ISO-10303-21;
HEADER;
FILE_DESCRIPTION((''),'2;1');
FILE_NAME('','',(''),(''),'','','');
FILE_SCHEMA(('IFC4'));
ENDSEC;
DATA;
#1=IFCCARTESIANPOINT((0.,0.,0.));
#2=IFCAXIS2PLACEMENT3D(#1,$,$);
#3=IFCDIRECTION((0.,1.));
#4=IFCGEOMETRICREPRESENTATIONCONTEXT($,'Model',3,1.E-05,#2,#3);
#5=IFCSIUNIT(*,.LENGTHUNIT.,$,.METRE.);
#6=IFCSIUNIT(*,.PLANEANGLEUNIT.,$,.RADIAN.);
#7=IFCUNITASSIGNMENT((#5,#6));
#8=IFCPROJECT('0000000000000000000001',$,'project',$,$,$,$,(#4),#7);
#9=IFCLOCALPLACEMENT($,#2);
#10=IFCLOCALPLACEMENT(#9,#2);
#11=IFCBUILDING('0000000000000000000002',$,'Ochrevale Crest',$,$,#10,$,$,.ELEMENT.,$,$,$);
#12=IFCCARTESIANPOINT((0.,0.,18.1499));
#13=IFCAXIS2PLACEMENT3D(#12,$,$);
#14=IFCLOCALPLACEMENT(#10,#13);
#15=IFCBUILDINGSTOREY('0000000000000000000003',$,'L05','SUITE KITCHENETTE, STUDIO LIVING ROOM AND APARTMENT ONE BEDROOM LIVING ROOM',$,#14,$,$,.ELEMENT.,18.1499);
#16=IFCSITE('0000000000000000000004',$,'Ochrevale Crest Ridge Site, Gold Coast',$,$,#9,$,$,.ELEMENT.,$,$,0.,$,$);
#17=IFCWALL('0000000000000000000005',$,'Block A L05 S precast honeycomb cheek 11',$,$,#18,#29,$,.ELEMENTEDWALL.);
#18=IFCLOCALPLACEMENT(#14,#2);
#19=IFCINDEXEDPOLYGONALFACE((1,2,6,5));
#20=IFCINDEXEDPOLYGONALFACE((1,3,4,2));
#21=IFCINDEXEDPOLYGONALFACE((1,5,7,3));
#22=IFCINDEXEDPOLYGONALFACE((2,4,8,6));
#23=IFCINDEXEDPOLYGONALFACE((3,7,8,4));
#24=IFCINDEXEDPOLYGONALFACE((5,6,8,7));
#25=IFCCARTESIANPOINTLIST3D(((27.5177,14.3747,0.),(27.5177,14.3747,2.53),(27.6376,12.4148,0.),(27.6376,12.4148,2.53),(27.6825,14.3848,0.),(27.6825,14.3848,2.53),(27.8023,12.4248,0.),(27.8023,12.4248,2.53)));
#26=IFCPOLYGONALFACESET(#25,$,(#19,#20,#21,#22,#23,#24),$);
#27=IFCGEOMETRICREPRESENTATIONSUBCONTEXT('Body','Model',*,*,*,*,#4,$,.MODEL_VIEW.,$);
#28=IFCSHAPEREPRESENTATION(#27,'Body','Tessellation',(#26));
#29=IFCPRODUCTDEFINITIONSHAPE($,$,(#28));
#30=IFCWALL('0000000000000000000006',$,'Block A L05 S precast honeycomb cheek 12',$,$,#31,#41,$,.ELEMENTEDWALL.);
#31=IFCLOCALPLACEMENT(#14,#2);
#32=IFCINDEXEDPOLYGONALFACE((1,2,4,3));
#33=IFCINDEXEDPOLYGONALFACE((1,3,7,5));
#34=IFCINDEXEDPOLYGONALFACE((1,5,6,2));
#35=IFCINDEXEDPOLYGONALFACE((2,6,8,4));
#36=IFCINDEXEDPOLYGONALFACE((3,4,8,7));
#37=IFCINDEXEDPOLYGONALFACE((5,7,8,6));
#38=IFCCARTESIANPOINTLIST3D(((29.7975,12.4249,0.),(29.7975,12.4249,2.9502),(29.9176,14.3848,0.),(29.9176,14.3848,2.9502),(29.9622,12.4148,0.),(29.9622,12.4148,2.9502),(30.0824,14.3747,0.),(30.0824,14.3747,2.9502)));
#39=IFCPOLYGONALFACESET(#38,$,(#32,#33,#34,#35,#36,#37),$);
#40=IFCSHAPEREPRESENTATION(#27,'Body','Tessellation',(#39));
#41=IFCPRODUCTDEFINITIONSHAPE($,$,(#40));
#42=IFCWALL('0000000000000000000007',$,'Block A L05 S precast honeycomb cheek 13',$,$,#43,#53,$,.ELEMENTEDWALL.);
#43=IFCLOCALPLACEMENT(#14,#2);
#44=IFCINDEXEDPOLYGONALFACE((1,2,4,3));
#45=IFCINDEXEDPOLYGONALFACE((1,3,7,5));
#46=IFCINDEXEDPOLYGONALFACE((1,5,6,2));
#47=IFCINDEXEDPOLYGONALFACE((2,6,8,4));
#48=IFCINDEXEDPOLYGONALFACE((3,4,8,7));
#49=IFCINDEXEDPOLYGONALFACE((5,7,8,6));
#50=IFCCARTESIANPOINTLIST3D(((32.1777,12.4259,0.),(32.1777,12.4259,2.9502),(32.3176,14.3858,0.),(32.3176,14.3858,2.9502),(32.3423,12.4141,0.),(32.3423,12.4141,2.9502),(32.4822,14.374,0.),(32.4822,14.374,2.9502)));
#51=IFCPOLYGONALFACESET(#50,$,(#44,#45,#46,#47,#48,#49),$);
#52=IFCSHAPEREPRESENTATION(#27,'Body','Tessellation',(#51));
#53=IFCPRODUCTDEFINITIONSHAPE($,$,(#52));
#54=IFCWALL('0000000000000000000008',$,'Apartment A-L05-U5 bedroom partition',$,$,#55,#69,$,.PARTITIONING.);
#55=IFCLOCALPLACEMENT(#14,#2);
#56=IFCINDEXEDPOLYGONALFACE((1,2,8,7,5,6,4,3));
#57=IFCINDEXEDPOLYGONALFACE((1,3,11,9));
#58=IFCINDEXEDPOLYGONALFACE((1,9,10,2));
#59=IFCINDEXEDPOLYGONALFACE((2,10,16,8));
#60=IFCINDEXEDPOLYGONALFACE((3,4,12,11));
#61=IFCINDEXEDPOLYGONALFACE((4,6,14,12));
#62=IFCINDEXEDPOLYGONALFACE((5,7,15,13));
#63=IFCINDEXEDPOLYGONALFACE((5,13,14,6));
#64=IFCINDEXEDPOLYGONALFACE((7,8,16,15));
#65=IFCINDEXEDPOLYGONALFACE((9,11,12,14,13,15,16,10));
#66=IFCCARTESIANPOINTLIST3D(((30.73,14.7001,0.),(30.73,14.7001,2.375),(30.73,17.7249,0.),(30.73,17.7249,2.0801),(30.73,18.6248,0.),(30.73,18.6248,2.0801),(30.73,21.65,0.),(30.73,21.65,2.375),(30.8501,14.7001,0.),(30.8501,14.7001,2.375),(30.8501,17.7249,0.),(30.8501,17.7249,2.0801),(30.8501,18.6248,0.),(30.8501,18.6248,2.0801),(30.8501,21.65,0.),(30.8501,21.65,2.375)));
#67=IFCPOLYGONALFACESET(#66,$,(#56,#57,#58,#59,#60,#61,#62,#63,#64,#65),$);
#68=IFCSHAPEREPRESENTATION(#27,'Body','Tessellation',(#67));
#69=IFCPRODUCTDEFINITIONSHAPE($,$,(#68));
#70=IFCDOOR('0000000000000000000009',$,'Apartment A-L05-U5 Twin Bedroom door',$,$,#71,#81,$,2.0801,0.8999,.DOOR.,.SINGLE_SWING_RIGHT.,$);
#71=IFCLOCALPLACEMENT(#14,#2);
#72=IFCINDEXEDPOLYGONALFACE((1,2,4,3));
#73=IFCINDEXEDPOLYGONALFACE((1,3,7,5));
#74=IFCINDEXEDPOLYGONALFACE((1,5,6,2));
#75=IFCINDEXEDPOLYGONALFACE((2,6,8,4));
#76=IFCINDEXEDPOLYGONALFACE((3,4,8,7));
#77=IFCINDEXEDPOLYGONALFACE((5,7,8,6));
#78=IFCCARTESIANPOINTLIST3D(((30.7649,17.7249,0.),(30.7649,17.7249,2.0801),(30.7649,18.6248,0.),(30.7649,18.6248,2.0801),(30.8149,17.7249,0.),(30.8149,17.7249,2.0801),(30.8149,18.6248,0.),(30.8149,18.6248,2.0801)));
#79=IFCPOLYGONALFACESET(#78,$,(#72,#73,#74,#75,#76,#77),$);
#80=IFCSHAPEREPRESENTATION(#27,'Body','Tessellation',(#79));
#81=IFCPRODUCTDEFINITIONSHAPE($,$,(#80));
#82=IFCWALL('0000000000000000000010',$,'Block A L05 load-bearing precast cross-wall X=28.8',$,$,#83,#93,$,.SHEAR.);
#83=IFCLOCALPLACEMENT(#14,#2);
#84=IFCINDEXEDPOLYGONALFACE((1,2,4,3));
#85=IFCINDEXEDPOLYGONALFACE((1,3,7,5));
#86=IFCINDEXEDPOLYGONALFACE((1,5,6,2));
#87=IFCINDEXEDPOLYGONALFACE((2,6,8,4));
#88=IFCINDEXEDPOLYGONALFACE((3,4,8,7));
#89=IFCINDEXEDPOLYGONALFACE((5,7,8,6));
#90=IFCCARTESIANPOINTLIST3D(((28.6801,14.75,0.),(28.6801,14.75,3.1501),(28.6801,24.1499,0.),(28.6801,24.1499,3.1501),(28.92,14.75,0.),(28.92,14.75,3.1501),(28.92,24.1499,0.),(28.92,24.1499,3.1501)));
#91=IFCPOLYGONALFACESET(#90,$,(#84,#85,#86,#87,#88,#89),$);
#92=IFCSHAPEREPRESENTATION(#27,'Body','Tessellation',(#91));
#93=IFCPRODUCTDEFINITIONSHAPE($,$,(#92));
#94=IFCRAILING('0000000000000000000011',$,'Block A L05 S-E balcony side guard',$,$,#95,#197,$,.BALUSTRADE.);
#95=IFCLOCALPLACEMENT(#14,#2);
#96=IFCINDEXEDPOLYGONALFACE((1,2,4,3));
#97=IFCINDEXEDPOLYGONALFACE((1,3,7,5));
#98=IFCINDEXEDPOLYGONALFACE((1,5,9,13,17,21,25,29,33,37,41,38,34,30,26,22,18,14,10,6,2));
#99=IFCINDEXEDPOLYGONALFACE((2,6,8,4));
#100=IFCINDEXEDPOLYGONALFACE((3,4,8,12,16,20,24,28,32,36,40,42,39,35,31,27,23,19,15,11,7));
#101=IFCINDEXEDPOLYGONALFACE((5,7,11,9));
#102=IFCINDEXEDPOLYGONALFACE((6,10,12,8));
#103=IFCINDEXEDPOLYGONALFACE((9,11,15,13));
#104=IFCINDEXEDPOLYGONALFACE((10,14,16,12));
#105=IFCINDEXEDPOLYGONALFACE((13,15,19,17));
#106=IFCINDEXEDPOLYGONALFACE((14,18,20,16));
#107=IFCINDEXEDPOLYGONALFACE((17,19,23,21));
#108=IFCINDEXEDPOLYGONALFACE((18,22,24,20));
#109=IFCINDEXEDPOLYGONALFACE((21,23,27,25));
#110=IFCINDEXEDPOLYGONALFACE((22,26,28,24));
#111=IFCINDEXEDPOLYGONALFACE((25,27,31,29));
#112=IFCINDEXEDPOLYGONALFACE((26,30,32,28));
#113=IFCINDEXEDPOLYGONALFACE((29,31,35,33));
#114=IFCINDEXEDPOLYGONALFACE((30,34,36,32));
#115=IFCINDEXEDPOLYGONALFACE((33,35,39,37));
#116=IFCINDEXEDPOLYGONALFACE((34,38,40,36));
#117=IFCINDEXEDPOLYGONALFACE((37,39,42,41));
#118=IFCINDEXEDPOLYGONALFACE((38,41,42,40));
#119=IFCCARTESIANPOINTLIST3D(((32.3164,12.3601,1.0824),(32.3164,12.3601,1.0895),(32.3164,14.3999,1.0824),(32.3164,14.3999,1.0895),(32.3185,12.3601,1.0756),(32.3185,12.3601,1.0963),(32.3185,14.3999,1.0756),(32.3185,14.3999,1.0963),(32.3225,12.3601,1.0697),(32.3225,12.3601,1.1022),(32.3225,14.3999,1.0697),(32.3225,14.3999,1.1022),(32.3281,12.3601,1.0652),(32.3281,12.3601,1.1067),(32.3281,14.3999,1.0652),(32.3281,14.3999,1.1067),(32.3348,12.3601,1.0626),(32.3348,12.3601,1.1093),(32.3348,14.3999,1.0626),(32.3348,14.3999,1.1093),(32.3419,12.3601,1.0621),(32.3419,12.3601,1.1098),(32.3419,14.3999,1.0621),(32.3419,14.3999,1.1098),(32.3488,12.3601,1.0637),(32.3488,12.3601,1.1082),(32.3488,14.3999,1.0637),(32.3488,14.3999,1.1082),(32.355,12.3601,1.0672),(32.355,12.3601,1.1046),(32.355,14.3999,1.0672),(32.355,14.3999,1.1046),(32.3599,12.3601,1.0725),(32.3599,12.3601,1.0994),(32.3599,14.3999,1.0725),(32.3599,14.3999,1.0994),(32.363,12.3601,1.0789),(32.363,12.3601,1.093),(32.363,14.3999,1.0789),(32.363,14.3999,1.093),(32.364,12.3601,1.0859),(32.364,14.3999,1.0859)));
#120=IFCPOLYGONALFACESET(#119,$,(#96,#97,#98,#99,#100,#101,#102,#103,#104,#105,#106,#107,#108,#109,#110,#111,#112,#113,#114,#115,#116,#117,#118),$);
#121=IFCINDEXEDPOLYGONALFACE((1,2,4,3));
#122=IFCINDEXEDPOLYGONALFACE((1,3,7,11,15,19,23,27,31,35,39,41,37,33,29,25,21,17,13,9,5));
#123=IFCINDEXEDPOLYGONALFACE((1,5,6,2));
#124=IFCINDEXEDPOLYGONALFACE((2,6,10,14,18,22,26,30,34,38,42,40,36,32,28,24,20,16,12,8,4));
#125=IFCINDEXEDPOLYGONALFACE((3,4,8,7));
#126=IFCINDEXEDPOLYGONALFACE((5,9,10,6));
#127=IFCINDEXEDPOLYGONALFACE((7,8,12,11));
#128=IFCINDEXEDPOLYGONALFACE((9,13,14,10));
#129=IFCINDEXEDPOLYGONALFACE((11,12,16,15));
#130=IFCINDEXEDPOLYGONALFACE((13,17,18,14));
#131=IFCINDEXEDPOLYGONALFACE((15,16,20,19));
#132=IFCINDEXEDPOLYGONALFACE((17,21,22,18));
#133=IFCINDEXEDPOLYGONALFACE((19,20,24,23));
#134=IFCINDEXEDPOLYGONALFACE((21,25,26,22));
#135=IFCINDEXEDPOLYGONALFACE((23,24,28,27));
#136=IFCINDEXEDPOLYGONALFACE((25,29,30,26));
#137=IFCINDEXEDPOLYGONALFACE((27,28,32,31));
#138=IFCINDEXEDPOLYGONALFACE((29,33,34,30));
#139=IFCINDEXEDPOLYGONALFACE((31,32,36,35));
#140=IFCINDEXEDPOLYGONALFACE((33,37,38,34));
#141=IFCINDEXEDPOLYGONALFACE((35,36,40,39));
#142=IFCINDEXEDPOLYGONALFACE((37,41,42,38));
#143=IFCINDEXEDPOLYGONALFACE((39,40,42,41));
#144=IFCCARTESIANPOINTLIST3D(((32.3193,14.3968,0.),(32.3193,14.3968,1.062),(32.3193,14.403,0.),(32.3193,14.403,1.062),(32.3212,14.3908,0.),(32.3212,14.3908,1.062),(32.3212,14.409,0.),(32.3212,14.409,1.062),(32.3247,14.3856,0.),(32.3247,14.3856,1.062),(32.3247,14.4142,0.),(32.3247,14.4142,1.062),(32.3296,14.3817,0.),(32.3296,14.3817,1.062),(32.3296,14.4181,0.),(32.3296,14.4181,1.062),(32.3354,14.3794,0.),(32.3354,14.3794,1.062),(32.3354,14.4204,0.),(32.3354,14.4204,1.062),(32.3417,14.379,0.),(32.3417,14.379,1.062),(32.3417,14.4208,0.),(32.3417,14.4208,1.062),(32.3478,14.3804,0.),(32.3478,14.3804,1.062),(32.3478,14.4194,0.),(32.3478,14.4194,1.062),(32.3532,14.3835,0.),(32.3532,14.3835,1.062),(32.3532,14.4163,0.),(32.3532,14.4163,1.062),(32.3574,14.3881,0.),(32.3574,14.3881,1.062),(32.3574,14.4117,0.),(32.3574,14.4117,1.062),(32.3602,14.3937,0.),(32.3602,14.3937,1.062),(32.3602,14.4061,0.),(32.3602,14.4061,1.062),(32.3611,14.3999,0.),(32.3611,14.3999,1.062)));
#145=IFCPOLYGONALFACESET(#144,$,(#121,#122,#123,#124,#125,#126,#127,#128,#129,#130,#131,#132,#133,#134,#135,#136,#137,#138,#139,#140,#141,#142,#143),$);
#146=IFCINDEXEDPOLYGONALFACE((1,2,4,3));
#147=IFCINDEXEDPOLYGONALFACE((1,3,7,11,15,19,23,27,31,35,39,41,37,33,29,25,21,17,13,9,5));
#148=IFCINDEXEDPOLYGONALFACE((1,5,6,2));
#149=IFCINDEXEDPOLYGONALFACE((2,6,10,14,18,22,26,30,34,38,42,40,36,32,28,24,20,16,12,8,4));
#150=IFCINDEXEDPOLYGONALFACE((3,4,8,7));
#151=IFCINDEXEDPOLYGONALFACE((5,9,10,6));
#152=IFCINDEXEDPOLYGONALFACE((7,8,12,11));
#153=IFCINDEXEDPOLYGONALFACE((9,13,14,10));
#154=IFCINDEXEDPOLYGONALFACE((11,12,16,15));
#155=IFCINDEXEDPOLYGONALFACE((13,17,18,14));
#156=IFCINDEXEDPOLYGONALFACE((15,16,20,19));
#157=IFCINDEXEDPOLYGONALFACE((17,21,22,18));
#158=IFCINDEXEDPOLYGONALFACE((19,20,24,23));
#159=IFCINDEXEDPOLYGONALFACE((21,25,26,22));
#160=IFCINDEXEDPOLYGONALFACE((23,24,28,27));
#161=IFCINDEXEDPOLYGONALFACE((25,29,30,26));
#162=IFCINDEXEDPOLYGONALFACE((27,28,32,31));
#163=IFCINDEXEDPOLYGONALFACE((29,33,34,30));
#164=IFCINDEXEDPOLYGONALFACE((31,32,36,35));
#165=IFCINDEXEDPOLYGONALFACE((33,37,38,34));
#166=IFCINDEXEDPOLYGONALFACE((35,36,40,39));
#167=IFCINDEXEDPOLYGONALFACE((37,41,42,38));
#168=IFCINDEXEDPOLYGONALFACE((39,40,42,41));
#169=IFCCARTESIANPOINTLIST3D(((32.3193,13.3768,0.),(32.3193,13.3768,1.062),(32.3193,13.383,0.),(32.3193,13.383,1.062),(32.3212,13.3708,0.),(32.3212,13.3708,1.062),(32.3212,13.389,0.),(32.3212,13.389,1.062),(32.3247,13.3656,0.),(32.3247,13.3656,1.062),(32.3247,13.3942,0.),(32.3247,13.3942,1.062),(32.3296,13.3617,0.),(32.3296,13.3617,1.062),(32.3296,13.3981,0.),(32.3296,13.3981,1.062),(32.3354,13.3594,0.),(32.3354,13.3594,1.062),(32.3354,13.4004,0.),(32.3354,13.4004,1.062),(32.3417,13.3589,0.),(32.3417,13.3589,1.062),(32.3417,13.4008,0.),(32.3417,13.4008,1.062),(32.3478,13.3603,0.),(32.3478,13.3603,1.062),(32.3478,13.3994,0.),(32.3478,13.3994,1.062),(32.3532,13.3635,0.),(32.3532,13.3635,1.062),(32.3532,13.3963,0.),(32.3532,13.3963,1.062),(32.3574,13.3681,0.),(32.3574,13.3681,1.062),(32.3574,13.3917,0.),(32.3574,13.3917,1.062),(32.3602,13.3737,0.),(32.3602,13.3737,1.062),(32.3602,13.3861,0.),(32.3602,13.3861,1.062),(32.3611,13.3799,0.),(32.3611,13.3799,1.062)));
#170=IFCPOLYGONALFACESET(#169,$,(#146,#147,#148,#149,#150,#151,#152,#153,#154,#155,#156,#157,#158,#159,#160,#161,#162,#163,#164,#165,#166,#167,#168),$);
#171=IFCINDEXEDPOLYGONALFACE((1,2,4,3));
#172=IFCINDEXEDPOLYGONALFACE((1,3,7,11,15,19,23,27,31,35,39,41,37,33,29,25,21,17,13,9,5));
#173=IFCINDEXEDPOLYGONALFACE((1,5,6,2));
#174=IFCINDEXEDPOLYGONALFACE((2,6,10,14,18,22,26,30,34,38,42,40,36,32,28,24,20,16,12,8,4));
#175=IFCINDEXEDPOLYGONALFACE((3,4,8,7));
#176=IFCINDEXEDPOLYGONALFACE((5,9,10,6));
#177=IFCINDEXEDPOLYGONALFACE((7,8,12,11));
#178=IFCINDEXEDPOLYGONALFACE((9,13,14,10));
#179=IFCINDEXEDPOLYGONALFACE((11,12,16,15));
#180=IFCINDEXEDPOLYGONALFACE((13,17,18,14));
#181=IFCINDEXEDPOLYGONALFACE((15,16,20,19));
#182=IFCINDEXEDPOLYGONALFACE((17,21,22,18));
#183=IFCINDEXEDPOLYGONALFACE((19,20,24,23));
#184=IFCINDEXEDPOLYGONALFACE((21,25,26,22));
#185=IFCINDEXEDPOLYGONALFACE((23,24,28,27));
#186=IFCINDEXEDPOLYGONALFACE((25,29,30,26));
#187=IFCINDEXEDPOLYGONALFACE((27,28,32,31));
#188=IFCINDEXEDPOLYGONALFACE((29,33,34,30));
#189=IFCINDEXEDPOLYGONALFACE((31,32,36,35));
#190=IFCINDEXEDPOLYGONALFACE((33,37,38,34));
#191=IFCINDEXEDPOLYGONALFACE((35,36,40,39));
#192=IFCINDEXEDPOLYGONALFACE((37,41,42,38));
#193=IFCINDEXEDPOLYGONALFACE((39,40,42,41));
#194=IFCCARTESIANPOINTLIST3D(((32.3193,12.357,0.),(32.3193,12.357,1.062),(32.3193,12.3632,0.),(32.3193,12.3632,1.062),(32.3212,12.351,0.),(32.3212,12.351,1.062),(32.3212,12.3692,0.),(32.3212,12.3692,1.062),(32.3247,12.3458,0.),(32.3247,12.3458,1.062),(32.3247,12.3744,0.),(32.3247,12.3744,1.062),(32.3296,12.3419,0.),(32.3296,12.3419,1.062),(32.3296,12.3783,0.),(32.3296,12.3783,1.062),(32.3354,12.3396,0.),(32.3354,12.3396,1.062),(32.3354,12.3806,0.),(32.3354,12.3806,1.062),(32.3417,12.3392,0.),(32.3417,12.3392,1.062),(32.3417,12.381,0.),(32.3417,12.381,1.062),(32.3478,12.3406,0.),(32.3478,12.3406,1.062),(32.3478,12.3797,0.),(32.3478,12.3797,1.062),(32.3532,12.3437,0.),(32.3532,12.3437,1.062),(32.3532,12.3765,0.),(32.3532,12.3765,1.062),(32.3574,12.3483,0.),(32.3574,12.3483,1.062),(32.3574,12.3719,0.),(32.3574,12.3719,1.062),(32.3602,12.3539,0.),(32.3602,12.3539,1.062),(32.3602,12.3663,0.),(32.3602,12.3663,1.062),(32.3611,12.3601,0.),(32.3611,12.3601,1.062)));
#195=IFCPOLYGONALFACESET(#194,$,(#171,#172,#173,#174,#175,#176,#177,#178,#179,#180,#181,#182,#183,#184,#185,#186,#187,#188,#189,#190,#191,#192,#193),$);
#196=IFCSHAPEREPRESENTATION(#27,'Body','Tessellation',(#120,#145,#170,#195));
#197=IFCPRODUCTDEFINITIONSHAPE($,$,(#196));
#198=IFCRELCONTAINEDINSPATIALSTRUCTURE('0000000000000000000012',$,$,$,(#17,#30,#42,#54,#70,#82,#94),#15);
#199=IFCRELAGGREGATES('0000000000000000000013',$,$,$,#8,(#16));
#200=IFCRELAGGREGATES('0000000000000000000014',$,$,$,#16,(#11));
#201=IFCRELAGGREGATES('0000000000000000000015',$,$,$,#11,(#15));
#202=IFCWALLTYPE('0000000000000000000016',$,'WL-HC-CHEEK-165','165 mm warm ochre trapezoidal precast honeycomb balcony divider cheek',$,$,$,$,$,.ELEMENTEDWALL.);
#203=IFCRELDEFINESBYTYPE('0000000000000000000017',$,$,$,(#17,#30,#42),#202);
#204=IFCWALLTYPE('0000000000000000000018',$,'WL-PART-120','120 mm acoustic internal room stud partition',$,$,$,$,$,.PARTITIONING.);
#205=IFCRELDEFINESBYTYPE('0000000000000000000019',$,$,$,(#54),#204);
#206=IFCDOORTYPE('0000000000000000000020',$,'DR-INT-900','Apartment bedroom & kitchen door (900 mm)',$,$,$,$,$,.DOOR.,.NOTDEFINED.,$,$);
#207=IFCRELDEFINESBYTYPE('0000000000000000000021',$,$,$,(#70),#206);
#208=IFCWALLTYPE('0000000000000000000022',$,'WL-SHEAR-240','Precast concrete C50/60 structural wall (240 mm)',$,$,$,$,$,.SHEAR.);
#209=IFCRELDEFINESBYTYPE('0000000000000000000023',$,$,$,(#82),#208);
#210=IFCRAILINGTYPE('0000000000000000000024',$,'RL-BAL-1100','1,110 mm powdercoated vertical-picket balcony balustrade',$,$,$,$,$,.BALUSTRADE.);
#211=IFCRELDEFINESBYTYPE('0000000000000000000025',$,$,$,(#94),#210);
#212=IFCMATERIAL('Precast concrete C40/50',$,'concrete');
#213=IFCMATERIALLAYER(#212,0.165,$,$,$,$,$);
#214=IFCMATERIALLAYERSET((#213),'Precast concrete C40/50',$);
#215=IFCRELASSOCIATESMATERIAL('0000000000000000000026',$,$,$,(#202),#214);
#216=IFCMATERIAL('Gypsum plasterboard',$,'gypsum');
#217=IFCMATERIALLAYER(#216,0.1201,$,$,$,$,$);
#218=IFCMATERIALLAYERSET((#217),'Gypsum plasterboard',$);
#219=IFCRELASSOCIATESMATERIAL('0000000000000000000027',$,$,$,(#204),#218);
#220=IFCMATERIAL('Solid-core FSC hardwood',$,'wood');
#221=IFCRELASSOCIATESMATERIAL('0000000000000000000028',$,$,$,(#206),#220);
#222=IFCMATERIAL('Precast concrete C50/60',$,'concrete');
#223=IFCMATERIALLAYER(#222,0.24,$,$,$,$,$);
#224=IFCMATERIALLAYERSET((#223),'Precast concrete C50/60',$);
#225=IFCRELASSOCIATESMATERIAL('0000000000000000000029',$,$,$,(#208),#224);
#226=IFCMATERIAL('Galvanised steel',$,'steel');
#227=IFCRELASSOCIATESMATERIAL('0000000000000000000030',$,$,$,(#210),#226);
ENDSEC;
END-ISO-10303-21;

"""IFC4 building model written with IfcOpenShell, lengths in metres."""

from ifc_helpers import new_model, si_unit, direction, frame, frame_2d, origin, origin_2d, place, context, subcontext, project, spatial, rectangle, circle, extrude, material, layer, layer_set, type_object, element, fill, save


model = new_model("IFC4")

# Units and contexts
model_context = context("Model", 3, precision=1e-05, world=origin(), true_north=direction((0.0, 1.0)))
body_context = subcontext(model_context, "Body", "Model", "MODEL_VIEW")
ifc_project = project(units=[si_unit("LENGTHUNIT", "METRE"), si_unit("PLANEANGLEUNIT", "RADIAN")], contexts=[model_context])

# Site, building, storey
site_placement = place(None, origin())
site = spatial("IfcSite", under=ifc_project, at=site_placement, Name="Ochrevale Crest Ridge Site, Gold Coast", CompositionType="ELEMENT", RefElevation=0.0)
building_placement = place(site_placement, origin())
building = spatial("IfcBuilding", under=site, at=building_placement, Name="Ochrevale Crest", CompositionType="ELEMENT")
storey_placement = place(building_placement, frame((0.0, 0.0, 18.1499)))
storey = spatial("IfcBuildingStorey", under=building, at=storey_placement, Name="L05", Description="SUITE KITCHENETTE, STUDIO LIVING ROOM AND APARTMENT ONE BEDROOM LIVING ROOM", CompositionType="ELEMENT", Elevation=18.1499)

# Shared definitions
ifc_material_1 = material(Name="Precast concrete C50/60", Category="concrete")

# Shared definitions
ifc_material_2 = material(Name="Precast concrete C40/50", Category="concrete")

# Walls
ifc_layer_1 = layer(ifc_material_2, 0.165)
ifc_layer_set_1 = layer_set([ifc_layer_1], Name="Precast concrete C40/50")
wall_type_1 = type_object("IfcWallType", Name="WL-HC-CHEEK-165", Description="165 mm warm ochre trapezoidal precast honeycomb balcony divider cheek", PredefinedType="ELEMENTEDWALL", material=ifc_layer_set_1)
wall_1_placement = place(storey_placement, frame((27.6001, 14.3799, 0.0), z_axis=(0.0, 0.0, 1.0), x_axis=(0.061047, -0.998135, 0.0)))
element("IfcWall", 1, at=wall_1_placement, inside=storey, type_object=wall_type_1, Name="Block A L05 S precast honeycomb cheek 11", PredefinedType="ELEMENTEDWALL", context=body_context, shape_type="SweptSolid", body=[
    extrude(rectangle(XDim=1.9636, YDim=0.165, at=frame_2d((0.9819, 0.0))), origin(), (0.0, 0.0, 1.0), 2.53),
])
wall_2_placement = place(storey_placement, frame((30.0, 14.3799, 0.0), z_axis=(0.0, 0.0, 1.0), x_axis=(-0.061171, -0.998127, 0.0)))
element("IfcWall", 2, at=wall_2_placement, inside=storey, type_object=wall_type_1, Name="Block A L05 S precast honeycomb cheek 12", PredefinedType="ELEMENTEDWALL", context=body_context, shape_type="SweptSolid", body=[
    extrude(rectangle(XDim=1.9636, YDim=0.165, at=frame_2d((0.9819, 0.0))), origin(), (0.0, 0.0, 1.0), 2.9502),
])
wall_3_placement = place(storey_placement, frame((32.3999, 14.3799, 0.0), z_axis=(0.0, 0.0, 1.0), x_axis=(-0.071194, -0.997462, 0.0)))
element("IfcWall", 3, at=wall_3_placement, inside=storey, type_object=wall_type_1, Name="Block A L05 S precast honeycomb cheek 13", PredefinedType="ELEMENTEDWALL", context=body_context, shape_type="SweptSolid", body=[
    extrude(rectangle(XDim=1.9648, YDim=0.165, at=frame_2d((0.9824, 0.0))), origin(), (0.0, 0.0, 1.0), 2.9502),
])

# Wall, opening, door
ifc_material_3 = material(Name="Gypsum plasterboard", Category="gypsum")
ifc_layer_2 = layer(ifc_material_3, 0.1201)
ifc_layer_set_2 = layer_set([ifc_layer_2], Name="Gypsum plasterboard")
wall_type_2 = type_object("IfcWallType", Name="WL-PART-120", Description="120 mm acoustic internal room stud partition", PredefinedType="PARTITIONING", material=ifc_layer_set_2)
wall_4_placement = place(storey_placement, frame((30.79, 14.7, 0.0), z_axis=(0.0, 0.0, 1.0), x_axis=(0.0, 1.0, 0.0)))
wall_4 = element("IfcWall", 4, at=wall_4_placement, inside=storey, type_object=wall_type_2, Name="Apartment A-L05-U5 bedroom partition", PredefinedType="PARTITIONING", context=body_context, shape_type="SweptSolid", body=[
    extrude(rectangle(XDim=6.95, YDim=0.1201, at=frame_2d((3.4751, 0.0))), origin(), (0.0, 0.0, 1.0), 2.375),
])
opening_placement = place(wall_4_placement, frame((3.9248, 0.0, 0.0), z_axis=(0.0, 0.0, 1.0), x_axis=(-1.0, 0.0, 0.0)))
opening = element("IfcOpeningElement", 5, at=opening_placement, cuts=wall_4, PredefinedType="OPENING", context=body_context, shape_type="SweptSolid", body=[
    extrude(rectangle(XDim=0.8999, YDim=2.0801, at=frame_2d((0.45, 1.04))), frame((0.0, 0.0701, 0.0), z_axis=(0.0, -1.0, 0.0), x_axis=(1.0, 0.0, 0.0)), (0.0, 0.0, 1.0), 0.1401),
])
ifc_material_4 = material(Name="Solid-core FSC hardwood", Category="wood")
door_type = type_object("IfcDoorType", Name="DR-INT-900", Description="Apartment bedroom & kitchen door (900 mm)", OperationType="NOTDEFINED", PredefinedType="DOOR", material=ifc_material_4)
door_placement = place(opening_placement, origin())
door = element("IfcDoor", 6, at=door_placement, inside=storey, type_object=door_type, Name="Apartment A-L05-U5 Twin Bedroom door", OperationType="SINGLE_SWING_RIGHT", OverallHeight=2.0801, OverallWidth=0.8999, PredefinedType="DOOR", context=body_context, shape_type="SweptSolid", body=[
    extrude(rectangle(XDim=0.8999, YDim=2.0801, at=frame_2d((0.45, 1.04))), frame((0.0, 0.0249, 0.0), z_axis=(0.0, -1.0, 0.0), x_axis=(1.0, 0.0, 0.0)), (0.0, 0.0, 1.0), 0.05),
])
fill(opening, door)

# Wall
ifc_layer_3 = layer(ifc_material_1, 0.24)
ifc_layer_set_3 = layer_set([ifc_layer_3], Name="Precast concrete C50/60")
wall_type_3 = type_object("IfcWallType", Name="WL-SHEAR-240", Description="Precast concrete C50/60 structural wall (240 mm)", PredefinedType="SHEAR", material=ifc_layer_set_3)
wall_5_placement = place(storey_placement, frame((28.8, 14.75, 0.0), z_axis=(0.0, 0.0, 1.0), x_axis=(0.0, 1.0, 0.0)))
element("IfcWall", 7, at=wall_5_placement, inside=storey, type_object=wall_type_3, Name="Block A L05 load-bearing precast cross-wall X=28.8", PredefinedType="SHEAR", context=body_context, shape_type="SweptSolid", body=[
    extrude(rectangle(XDim=9.3999, YDim=0.24, at=frame_2d((4.7, 0.0))), origin(), (0.0, 0.0, 1.0), 3.1501),
])

# Railing
ifc_material_5 = material(Name="Galvanised steel", Category="steel")
railing_type = type_object("IfcRailingType", Name="RL-BAL-1100", Description="1,110 mm powdercoated vertical-picket balcony balustrade", PredefinedType="BALUSTRADE", material=ifc_material_5)
railing_placement = place(storey_placement, frame((32.3401, 14.3999, 0.0)))
element("IfcRailing", 8, at=railing_placement, inside=storey, type_object=railing_type, Name="Block A L05 S-E balcony side guard", PredefinedType="BALUSTRADE", context=body_context, shape_type="SweptSolid", body=[
    extrude(circle(Radius=0.0239, at=origin_2d()), frame((0.0, 0.0, 1.0859), z_axis=(0.0, -1.0, 0.0), x_axis=(1.0, 0.0, 0.0)), (0.0, 0.0, 1.0), 2.0398),
    extrude(circle(Radius=0.021, at=origin_2d()), origin(), (0.0, 0.0, 1.0), 1.062),
    extrude(circle(Radius=0.021, at=origin_2d()), frame((0.0, -1.02, 0.0)), (0.0, 0.0, 1.0), 1.062),
    extrude(circle(Radius=0.021, at=origin_2d()), frame((0.0, -2.0398, 0.0)), (0.0, 0.0, 1.0), 1.062),
])

save(model, "model.ifc")
